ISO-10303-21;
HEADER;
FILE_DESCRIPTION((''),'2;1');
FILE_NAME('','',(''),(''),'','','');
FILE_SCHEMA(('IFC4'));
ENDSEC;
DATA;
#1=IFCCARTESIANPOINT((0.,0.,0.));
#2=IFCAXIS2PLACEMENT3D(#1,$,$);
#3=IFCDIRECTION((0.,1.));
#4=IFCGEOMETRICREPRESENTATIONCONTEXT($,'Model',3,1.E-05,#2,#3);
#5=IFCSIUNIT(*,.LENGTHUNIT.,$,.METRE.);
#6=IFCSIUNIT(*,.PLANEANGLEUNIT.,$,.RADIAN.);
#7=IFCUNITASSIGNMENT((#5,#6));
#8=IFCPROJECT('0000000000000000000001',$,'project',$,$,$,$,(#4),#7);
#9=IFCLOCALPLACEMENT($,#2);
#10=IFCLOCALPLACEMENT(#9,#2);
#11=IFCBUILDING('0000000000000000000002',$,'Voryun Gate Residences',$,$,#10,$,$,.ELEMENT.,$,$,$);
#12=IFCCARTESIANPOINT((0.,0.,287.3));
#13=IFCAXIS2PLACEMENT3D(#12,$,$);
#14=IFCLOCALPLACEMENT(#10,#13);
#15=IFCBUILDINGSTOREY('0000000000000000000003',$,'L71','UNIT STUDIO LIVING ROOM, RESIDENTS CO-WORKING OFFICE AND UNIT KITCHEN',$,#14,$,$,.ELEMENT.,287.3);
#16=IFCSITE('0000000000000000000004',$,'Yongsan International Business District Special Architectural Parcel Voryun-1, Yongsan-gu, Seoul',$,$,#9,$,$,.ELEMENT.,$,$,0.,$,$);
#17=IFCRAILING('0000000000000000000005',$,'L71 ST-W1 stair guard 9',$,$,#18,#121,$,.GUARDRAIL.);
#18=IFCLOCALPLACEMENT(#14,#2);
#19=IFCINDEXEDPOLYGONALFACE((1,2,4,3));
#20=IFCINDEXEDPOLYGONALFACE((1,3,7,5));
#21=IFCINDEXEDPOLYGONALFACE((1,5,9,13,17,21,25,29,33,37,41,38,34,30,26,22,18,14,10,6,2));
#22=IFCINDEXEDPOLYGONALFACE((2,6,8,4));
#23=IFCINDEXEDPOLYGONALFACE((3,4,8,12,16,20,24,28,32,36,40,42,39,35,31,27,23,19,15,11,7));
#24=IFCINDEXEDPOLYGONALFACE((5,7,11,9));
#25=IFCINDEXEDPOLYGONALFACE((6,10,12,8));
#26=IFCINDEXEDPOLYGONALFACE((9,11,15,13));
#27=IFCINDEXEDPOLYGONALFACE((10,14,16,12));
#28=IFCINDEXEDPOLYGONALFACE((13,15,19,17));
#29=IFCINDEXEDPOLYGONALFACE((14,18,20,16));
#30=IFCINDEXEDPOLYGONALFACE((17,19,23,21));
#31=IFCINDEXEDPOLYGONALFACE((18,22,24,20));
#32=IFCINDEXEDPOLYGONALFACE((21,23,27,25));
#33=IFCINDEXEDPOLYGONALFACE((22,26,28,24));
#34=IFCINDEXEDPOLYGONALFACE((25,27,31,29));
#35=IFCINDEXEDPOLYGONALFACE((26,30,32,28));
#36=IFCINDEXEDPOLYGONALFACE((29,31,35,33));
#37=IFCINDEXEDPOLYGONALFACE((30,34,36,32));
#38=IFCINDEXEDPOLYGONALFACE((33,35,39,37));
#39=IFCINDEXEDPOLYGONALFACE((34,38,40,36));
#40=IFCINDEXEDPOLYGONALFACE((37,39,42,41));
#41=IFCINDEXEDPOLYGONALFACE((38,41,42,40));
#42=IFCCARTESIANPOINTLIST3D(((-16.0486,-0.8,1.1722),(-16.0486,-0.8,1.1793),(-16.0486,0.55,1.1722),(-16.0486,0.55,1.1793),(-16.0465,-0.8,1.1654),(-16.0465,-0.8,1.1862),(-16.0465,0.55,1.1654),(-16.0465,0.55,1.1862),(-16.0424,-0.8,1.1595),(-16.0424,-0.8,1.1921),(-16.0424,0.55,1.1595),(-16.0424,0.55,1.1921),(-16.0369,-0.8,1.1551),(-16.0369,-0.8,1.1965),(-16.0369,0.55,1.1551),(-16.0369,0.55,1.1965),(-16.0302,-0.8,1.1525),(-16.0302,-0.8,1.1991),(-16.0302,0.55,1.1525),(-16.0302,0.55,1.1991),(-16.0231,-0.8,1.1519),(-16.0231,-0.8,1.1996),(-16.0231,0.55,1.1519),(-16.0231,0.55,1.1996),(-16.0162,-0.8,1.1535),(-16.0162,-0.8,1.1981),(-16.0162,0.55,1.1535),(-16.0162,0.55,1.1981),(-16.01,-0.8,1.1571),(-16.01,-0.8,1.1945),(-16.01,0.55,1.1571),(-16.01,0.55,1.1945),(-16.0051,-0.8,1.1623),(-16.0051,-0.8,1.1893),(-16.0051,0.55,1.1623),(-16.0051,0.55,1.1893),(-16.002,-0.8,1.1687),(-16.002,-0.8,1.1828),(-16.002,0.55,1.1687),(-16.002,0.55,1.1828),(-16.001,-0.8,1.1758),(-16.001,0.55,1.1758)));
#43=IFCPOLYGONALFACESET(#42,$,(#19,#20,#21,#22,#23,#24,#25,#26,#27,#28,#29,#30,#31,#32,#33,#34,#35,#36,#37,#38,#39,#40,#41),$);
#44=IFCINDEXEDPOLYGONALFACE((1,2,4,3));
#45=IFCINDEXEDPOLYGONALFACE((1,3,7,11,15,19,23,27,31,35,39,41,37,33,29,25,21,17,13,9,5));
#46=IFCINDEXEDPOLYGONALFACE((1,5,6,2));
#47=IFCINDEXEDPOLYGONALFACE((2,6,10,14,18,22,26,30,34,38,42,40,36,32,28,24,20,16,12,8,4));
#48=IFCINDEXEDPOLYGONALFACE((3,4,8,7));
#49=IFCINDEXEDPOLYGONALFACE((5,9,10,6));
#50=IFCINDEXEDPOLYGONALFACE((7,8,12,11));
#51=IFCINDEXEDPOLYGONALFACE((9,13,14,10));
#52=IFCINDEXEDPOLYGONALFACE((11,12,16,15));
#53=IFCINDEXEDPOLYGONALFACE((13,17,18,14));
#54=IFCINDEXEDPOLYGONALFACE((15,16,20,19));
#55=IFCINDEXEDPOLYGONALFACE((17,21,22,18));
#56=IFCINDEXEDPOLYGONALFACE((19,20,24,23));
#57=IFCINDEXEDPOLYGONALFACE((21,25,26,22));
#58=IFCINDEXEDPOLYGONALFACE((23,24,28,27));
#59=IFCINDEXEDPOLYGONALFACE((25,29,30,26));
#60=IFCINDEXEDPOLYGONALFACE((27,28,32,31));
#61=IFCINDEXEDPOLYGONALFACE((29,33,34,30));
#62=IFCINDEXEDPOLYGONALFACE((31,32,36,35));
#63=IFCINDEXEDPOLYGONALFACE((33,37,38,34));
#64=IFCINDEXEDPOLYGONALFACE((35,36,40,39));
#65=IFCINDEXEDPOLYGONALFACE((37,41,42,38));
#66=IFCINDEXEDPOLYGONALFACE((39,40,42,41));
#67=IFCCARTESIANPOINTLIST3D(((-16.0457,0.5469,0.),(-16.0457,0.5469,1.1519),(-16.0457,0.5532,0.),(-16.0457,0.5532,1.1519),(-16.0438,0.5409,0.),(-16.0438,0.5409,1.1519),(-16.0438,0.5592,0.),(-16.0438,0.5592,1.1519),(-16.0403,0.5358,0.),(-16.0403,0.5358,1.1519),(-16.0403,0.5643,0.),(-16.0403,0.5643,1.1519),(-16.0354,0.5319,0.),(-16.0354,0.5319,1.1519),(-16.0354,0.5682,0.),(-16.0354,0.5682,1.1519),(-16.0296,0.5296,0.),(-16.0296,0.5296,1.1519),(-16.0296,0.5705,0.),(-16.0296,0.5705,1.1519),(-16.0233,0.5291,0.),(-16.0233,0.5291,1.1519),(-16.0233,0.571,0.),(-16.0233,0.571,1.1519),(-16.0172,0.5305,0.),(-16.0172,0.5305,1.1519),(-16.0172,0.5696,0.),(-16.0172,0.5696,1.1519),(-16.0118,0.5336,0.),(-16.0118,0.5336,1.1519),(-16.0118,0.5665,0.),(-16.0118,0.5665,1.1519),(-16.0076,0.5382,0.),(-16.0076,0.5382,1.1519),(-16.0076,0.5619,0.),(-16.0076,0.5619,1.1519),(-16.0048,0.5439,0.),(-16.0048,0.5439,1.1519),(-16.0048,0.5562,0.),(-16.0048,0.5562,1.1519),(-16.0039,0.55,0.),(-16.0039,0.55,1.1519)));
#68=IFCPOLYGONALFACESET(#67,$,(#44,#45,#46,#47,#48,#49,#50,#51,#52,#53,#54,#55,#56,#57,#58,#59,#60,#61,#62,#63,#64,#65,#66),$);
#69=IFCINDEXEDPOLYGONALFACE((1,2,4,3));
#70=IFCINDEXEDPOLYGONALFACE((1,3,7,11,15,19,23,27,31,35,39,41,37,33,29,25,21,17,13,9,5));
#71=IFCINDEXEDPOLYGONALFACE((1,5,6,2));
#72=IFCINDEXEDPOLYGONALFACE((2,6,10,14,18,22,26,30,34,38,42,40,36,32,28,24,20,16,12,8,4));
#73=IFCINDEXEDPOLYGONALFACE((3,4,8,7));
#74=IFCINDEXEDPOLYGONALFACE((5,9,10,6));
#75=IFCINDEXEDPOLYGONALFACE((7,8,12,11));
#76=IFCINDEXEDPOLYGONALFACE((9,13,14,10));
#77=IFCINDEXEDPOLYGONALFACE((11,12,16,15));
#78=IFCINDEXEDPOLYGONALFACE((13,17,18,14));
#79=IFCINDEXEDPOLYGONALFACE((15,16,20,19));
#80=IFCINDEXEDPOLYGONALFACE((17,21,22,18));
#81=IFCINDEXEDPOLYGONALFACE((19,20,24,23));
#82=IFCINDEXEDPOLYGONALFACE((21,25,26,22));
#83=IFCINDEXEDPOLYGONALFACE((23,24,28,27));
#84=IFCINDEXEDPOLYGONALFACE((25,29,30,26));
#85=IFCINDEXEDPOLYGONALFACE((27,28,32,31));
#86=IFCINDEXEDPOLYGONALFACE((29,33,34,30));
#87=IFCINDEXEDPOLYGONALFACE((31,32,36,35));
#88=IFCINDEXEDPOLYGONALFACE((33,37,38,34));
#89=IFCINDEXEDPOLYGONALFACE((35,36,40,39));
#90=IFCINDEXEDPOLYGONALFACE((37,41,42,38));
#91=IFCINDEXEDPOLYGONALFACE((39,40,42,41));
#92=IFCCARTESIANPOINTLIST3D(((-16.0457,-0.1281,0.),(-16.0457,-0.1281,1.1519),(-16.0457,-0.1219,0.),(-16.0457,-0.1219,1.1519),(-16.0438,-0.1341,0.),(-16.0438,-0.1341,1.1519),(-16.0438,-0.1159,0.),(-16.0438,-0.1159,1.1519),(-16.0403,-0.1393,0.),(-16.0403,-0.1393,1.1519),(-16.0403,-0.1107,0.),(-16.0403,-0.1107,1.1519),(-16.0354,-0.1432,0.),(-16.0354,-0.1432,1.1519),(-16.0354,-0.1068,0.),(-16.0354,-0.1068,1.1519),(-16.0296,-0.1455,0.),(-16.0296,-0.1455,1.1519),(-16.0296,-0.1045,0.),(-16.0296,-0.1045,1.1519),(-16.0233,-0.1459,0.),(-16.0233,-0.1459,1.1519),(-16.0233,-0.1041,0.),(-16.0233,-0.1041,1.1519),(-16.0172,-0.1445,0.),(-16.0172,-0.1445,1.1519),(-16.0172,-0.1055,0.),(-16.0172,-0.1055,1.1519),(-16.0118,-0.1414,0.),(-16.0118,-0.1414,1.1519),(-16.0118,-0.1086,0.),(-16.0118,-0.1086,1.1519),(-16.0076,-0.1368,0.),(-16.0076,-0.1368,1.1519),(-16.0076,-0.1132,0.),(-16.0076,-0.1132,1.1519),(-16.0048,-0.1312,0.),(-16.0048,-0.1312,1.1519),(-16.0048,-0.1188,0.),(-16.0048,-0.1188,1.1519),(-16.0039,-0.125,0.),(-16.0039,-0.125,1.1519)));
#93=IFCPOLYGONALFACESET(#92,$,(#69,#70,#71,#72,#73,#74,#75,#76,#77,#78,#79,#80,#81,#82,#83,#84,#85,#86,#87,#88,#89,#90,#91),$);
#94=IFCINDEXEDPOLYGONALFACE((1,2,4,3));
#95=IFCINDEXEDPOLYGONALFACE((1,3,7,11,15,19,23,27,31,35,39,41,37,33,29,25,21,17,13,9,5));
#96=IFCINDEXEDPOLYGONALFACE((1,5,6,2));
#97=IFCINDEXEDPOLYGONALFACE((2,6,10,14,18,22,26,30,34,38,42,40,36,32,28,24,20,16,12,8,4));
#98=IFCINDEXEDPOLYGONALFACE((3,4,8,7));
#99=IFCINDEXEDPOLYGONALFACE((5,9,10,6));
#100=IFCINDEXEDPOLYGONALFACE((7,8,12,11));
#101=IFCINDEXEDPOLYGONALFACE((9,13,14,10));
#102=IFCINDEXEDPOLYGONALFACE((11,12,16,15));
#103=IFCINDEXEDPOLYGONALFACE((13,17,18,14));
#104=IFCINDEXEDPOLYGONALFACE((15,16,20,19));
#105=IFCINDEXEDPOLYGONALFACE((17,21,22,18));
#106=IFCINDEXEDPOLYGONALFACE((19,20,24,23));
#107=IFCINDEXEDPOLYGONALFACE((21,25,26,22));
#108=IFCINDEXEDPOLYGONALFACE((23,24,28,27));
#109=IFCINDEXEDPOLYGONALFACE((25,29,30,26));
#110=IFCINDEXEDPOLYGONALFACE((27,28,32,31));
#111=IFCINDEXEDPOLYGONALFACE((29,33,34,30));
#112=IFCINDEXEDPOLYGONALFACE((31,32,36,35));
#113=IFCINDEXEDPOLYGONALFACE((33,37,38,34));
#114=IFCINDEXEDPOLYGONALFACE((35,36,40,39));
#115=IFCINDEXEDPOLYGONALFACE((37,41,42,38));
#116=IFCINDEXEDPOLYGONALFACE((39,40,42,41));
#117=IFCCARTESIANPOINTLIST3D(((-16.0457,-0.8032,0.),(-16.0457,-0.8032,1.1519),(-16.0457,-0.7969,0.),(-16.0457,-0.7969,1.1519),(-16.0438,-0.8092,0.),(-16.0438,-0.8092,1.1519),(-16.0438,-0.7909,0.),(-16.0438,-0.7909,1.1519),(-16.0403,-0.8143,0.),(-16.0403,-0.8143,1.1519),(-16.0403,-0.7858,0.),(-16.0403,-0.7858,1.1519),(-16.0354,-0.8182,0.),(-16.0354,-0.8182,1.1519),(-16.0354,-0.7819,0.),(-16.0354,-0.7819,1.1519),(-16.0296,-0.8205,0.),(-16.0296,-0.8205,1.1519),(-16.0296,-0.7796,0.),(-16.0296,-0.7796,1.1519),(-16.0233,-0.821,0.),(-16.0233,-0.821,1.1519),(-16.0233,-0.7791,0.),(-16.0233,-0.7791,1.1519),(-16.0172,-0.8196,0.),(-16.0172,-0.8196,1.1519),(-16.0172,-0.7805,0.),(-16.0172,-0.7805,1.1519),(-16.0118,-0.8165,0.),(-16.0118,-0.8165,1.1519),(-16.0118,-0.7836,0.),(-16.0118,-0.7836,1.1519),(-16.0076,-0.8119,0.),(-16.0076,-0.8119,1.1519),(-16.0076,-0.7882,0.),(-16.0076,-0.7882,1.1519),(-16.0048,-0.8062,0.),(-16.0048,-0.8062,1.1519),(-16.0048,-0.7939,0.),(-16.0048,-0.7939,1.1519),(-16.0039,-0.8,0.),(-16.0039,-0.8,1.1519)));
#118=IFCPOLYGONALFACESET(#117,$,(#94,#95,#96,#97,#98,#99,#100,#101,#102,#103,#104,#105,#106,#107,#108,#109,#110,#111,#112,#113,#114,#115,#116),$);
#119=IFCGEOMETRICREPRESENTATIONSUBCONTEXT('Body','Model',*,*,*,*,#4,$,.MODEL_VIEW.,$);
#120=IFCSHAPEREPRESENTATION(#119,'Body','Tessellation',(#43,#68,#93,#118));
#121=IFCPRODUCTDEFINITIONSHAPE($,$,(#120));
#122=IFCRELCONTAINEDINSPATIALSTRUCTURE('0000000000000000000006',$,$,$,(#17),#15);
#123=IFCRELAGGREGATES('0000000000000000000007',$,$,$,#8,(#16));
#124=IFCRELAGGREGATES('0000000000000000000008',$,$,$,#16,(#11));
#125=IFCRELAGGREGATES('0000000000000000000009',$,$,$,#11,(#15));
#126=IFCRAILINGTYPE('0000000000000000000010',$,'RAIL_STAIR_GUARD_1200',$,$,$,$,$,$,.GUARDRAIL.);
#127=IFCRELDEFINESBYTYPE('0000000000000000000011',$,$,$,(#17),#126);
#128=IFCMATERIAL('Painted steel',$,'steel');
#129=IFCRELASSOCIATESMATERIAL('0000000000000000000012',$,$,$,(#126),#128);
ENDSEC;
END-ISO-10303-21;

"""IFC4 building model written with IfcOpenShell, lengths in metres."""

from ifc_helpers import new_model, si_unit, direction, frame, origin, origin_2d, place, context, subcontext, project, spatial, circle, extrude, material, type_object, element, save


model = new_model("IFC4")

# Units and contexts
model_context = context("Model", 3, precision=1e-05, world=origin(), true_north=direction((0.0, 1.0)))
body_context = subcontext(model_context, "Body", "Model", "MODEL_VIEW")
ifc_project = project(units=[si_unit("LENGTHUNIT", "METRE"), si_unit("PLANEANGLEUNIT", "RADIAN")], contexts=[model_context])

# Site, building, storey
site_placement = place(None, origin())
site = spatial("IfcSite", under=ifc_project, at=site_placement, Name="Yongsan International Business District Special Architectural Parcel Voryun-1, Yongsan-gu, Seoul", CompositionType="ELEMENT", RefElevation=0.0)
building_placement = place(site_placement, origin())
building = spatial("IfcBuilding", under=site, at=building_placement, Name="Voryun Gate Residences", CompositionType="ELEMENT")
storey_placement = place(building_placement, frame((0.0, 0.0, 287.3)))
storey = spatial("IfcBuildingStorey", under=building, at=storey_placement, Name="L71", Description="UNIT STUDIO LIVING ROOM, RESIDENTS CO-WORKING OFFICE AND UNIT KITCHEN", CompositionType="ELEMENT", Elevation=287.3)

# Railing
ifc_material_1 = material(Name="Painted steel", Category="steel")
railing_type = type_object("IfcRailingType", Name="RAIL_STAIR_GUARD_1200", PredefinedType="GUARDRAIL", material=ifc_material_1)
for number, where, name in (
    (1, (-16.0249, 0.55, 0.0), "L71 ST-W1 stair guard 9"),
):
    element("IfcRailing", number, at=place(storey_placement, frame(where)), inside=storey, type_object=railing_type, Name=name, PredefinedType="GUARDRAIL", context=body_context, shape_type="SweptSolid", body=[
        extrude(circle(Radius=0.0239, at=origin_2d()), frame((0.0, 0.0, 1.1758), z_axis=(0.0, -1.0, 0.0), x_axis=(1.0, 0.0, 0.0)), (0.0, 0.0, 1.0), 1.3501),
        extrude(circle(Radius=0.021, at=origin_2d()), origin(), (0.0, 0.0, 1.0), 1.1519),
        extrude(circle(Radius=0.021, at=origin_2d()), frame((0.0, -0.675, 0.0)), (0.0, 0.0, 1.0), 1.1519),
        extrude(circle(Radius=0.021, at=origin_2d()), frame((0.0, -1.3501, 0.0)), (0.0, 0.0, 1.0), 1.1519),
    ])

save(model, "model.ifc")
